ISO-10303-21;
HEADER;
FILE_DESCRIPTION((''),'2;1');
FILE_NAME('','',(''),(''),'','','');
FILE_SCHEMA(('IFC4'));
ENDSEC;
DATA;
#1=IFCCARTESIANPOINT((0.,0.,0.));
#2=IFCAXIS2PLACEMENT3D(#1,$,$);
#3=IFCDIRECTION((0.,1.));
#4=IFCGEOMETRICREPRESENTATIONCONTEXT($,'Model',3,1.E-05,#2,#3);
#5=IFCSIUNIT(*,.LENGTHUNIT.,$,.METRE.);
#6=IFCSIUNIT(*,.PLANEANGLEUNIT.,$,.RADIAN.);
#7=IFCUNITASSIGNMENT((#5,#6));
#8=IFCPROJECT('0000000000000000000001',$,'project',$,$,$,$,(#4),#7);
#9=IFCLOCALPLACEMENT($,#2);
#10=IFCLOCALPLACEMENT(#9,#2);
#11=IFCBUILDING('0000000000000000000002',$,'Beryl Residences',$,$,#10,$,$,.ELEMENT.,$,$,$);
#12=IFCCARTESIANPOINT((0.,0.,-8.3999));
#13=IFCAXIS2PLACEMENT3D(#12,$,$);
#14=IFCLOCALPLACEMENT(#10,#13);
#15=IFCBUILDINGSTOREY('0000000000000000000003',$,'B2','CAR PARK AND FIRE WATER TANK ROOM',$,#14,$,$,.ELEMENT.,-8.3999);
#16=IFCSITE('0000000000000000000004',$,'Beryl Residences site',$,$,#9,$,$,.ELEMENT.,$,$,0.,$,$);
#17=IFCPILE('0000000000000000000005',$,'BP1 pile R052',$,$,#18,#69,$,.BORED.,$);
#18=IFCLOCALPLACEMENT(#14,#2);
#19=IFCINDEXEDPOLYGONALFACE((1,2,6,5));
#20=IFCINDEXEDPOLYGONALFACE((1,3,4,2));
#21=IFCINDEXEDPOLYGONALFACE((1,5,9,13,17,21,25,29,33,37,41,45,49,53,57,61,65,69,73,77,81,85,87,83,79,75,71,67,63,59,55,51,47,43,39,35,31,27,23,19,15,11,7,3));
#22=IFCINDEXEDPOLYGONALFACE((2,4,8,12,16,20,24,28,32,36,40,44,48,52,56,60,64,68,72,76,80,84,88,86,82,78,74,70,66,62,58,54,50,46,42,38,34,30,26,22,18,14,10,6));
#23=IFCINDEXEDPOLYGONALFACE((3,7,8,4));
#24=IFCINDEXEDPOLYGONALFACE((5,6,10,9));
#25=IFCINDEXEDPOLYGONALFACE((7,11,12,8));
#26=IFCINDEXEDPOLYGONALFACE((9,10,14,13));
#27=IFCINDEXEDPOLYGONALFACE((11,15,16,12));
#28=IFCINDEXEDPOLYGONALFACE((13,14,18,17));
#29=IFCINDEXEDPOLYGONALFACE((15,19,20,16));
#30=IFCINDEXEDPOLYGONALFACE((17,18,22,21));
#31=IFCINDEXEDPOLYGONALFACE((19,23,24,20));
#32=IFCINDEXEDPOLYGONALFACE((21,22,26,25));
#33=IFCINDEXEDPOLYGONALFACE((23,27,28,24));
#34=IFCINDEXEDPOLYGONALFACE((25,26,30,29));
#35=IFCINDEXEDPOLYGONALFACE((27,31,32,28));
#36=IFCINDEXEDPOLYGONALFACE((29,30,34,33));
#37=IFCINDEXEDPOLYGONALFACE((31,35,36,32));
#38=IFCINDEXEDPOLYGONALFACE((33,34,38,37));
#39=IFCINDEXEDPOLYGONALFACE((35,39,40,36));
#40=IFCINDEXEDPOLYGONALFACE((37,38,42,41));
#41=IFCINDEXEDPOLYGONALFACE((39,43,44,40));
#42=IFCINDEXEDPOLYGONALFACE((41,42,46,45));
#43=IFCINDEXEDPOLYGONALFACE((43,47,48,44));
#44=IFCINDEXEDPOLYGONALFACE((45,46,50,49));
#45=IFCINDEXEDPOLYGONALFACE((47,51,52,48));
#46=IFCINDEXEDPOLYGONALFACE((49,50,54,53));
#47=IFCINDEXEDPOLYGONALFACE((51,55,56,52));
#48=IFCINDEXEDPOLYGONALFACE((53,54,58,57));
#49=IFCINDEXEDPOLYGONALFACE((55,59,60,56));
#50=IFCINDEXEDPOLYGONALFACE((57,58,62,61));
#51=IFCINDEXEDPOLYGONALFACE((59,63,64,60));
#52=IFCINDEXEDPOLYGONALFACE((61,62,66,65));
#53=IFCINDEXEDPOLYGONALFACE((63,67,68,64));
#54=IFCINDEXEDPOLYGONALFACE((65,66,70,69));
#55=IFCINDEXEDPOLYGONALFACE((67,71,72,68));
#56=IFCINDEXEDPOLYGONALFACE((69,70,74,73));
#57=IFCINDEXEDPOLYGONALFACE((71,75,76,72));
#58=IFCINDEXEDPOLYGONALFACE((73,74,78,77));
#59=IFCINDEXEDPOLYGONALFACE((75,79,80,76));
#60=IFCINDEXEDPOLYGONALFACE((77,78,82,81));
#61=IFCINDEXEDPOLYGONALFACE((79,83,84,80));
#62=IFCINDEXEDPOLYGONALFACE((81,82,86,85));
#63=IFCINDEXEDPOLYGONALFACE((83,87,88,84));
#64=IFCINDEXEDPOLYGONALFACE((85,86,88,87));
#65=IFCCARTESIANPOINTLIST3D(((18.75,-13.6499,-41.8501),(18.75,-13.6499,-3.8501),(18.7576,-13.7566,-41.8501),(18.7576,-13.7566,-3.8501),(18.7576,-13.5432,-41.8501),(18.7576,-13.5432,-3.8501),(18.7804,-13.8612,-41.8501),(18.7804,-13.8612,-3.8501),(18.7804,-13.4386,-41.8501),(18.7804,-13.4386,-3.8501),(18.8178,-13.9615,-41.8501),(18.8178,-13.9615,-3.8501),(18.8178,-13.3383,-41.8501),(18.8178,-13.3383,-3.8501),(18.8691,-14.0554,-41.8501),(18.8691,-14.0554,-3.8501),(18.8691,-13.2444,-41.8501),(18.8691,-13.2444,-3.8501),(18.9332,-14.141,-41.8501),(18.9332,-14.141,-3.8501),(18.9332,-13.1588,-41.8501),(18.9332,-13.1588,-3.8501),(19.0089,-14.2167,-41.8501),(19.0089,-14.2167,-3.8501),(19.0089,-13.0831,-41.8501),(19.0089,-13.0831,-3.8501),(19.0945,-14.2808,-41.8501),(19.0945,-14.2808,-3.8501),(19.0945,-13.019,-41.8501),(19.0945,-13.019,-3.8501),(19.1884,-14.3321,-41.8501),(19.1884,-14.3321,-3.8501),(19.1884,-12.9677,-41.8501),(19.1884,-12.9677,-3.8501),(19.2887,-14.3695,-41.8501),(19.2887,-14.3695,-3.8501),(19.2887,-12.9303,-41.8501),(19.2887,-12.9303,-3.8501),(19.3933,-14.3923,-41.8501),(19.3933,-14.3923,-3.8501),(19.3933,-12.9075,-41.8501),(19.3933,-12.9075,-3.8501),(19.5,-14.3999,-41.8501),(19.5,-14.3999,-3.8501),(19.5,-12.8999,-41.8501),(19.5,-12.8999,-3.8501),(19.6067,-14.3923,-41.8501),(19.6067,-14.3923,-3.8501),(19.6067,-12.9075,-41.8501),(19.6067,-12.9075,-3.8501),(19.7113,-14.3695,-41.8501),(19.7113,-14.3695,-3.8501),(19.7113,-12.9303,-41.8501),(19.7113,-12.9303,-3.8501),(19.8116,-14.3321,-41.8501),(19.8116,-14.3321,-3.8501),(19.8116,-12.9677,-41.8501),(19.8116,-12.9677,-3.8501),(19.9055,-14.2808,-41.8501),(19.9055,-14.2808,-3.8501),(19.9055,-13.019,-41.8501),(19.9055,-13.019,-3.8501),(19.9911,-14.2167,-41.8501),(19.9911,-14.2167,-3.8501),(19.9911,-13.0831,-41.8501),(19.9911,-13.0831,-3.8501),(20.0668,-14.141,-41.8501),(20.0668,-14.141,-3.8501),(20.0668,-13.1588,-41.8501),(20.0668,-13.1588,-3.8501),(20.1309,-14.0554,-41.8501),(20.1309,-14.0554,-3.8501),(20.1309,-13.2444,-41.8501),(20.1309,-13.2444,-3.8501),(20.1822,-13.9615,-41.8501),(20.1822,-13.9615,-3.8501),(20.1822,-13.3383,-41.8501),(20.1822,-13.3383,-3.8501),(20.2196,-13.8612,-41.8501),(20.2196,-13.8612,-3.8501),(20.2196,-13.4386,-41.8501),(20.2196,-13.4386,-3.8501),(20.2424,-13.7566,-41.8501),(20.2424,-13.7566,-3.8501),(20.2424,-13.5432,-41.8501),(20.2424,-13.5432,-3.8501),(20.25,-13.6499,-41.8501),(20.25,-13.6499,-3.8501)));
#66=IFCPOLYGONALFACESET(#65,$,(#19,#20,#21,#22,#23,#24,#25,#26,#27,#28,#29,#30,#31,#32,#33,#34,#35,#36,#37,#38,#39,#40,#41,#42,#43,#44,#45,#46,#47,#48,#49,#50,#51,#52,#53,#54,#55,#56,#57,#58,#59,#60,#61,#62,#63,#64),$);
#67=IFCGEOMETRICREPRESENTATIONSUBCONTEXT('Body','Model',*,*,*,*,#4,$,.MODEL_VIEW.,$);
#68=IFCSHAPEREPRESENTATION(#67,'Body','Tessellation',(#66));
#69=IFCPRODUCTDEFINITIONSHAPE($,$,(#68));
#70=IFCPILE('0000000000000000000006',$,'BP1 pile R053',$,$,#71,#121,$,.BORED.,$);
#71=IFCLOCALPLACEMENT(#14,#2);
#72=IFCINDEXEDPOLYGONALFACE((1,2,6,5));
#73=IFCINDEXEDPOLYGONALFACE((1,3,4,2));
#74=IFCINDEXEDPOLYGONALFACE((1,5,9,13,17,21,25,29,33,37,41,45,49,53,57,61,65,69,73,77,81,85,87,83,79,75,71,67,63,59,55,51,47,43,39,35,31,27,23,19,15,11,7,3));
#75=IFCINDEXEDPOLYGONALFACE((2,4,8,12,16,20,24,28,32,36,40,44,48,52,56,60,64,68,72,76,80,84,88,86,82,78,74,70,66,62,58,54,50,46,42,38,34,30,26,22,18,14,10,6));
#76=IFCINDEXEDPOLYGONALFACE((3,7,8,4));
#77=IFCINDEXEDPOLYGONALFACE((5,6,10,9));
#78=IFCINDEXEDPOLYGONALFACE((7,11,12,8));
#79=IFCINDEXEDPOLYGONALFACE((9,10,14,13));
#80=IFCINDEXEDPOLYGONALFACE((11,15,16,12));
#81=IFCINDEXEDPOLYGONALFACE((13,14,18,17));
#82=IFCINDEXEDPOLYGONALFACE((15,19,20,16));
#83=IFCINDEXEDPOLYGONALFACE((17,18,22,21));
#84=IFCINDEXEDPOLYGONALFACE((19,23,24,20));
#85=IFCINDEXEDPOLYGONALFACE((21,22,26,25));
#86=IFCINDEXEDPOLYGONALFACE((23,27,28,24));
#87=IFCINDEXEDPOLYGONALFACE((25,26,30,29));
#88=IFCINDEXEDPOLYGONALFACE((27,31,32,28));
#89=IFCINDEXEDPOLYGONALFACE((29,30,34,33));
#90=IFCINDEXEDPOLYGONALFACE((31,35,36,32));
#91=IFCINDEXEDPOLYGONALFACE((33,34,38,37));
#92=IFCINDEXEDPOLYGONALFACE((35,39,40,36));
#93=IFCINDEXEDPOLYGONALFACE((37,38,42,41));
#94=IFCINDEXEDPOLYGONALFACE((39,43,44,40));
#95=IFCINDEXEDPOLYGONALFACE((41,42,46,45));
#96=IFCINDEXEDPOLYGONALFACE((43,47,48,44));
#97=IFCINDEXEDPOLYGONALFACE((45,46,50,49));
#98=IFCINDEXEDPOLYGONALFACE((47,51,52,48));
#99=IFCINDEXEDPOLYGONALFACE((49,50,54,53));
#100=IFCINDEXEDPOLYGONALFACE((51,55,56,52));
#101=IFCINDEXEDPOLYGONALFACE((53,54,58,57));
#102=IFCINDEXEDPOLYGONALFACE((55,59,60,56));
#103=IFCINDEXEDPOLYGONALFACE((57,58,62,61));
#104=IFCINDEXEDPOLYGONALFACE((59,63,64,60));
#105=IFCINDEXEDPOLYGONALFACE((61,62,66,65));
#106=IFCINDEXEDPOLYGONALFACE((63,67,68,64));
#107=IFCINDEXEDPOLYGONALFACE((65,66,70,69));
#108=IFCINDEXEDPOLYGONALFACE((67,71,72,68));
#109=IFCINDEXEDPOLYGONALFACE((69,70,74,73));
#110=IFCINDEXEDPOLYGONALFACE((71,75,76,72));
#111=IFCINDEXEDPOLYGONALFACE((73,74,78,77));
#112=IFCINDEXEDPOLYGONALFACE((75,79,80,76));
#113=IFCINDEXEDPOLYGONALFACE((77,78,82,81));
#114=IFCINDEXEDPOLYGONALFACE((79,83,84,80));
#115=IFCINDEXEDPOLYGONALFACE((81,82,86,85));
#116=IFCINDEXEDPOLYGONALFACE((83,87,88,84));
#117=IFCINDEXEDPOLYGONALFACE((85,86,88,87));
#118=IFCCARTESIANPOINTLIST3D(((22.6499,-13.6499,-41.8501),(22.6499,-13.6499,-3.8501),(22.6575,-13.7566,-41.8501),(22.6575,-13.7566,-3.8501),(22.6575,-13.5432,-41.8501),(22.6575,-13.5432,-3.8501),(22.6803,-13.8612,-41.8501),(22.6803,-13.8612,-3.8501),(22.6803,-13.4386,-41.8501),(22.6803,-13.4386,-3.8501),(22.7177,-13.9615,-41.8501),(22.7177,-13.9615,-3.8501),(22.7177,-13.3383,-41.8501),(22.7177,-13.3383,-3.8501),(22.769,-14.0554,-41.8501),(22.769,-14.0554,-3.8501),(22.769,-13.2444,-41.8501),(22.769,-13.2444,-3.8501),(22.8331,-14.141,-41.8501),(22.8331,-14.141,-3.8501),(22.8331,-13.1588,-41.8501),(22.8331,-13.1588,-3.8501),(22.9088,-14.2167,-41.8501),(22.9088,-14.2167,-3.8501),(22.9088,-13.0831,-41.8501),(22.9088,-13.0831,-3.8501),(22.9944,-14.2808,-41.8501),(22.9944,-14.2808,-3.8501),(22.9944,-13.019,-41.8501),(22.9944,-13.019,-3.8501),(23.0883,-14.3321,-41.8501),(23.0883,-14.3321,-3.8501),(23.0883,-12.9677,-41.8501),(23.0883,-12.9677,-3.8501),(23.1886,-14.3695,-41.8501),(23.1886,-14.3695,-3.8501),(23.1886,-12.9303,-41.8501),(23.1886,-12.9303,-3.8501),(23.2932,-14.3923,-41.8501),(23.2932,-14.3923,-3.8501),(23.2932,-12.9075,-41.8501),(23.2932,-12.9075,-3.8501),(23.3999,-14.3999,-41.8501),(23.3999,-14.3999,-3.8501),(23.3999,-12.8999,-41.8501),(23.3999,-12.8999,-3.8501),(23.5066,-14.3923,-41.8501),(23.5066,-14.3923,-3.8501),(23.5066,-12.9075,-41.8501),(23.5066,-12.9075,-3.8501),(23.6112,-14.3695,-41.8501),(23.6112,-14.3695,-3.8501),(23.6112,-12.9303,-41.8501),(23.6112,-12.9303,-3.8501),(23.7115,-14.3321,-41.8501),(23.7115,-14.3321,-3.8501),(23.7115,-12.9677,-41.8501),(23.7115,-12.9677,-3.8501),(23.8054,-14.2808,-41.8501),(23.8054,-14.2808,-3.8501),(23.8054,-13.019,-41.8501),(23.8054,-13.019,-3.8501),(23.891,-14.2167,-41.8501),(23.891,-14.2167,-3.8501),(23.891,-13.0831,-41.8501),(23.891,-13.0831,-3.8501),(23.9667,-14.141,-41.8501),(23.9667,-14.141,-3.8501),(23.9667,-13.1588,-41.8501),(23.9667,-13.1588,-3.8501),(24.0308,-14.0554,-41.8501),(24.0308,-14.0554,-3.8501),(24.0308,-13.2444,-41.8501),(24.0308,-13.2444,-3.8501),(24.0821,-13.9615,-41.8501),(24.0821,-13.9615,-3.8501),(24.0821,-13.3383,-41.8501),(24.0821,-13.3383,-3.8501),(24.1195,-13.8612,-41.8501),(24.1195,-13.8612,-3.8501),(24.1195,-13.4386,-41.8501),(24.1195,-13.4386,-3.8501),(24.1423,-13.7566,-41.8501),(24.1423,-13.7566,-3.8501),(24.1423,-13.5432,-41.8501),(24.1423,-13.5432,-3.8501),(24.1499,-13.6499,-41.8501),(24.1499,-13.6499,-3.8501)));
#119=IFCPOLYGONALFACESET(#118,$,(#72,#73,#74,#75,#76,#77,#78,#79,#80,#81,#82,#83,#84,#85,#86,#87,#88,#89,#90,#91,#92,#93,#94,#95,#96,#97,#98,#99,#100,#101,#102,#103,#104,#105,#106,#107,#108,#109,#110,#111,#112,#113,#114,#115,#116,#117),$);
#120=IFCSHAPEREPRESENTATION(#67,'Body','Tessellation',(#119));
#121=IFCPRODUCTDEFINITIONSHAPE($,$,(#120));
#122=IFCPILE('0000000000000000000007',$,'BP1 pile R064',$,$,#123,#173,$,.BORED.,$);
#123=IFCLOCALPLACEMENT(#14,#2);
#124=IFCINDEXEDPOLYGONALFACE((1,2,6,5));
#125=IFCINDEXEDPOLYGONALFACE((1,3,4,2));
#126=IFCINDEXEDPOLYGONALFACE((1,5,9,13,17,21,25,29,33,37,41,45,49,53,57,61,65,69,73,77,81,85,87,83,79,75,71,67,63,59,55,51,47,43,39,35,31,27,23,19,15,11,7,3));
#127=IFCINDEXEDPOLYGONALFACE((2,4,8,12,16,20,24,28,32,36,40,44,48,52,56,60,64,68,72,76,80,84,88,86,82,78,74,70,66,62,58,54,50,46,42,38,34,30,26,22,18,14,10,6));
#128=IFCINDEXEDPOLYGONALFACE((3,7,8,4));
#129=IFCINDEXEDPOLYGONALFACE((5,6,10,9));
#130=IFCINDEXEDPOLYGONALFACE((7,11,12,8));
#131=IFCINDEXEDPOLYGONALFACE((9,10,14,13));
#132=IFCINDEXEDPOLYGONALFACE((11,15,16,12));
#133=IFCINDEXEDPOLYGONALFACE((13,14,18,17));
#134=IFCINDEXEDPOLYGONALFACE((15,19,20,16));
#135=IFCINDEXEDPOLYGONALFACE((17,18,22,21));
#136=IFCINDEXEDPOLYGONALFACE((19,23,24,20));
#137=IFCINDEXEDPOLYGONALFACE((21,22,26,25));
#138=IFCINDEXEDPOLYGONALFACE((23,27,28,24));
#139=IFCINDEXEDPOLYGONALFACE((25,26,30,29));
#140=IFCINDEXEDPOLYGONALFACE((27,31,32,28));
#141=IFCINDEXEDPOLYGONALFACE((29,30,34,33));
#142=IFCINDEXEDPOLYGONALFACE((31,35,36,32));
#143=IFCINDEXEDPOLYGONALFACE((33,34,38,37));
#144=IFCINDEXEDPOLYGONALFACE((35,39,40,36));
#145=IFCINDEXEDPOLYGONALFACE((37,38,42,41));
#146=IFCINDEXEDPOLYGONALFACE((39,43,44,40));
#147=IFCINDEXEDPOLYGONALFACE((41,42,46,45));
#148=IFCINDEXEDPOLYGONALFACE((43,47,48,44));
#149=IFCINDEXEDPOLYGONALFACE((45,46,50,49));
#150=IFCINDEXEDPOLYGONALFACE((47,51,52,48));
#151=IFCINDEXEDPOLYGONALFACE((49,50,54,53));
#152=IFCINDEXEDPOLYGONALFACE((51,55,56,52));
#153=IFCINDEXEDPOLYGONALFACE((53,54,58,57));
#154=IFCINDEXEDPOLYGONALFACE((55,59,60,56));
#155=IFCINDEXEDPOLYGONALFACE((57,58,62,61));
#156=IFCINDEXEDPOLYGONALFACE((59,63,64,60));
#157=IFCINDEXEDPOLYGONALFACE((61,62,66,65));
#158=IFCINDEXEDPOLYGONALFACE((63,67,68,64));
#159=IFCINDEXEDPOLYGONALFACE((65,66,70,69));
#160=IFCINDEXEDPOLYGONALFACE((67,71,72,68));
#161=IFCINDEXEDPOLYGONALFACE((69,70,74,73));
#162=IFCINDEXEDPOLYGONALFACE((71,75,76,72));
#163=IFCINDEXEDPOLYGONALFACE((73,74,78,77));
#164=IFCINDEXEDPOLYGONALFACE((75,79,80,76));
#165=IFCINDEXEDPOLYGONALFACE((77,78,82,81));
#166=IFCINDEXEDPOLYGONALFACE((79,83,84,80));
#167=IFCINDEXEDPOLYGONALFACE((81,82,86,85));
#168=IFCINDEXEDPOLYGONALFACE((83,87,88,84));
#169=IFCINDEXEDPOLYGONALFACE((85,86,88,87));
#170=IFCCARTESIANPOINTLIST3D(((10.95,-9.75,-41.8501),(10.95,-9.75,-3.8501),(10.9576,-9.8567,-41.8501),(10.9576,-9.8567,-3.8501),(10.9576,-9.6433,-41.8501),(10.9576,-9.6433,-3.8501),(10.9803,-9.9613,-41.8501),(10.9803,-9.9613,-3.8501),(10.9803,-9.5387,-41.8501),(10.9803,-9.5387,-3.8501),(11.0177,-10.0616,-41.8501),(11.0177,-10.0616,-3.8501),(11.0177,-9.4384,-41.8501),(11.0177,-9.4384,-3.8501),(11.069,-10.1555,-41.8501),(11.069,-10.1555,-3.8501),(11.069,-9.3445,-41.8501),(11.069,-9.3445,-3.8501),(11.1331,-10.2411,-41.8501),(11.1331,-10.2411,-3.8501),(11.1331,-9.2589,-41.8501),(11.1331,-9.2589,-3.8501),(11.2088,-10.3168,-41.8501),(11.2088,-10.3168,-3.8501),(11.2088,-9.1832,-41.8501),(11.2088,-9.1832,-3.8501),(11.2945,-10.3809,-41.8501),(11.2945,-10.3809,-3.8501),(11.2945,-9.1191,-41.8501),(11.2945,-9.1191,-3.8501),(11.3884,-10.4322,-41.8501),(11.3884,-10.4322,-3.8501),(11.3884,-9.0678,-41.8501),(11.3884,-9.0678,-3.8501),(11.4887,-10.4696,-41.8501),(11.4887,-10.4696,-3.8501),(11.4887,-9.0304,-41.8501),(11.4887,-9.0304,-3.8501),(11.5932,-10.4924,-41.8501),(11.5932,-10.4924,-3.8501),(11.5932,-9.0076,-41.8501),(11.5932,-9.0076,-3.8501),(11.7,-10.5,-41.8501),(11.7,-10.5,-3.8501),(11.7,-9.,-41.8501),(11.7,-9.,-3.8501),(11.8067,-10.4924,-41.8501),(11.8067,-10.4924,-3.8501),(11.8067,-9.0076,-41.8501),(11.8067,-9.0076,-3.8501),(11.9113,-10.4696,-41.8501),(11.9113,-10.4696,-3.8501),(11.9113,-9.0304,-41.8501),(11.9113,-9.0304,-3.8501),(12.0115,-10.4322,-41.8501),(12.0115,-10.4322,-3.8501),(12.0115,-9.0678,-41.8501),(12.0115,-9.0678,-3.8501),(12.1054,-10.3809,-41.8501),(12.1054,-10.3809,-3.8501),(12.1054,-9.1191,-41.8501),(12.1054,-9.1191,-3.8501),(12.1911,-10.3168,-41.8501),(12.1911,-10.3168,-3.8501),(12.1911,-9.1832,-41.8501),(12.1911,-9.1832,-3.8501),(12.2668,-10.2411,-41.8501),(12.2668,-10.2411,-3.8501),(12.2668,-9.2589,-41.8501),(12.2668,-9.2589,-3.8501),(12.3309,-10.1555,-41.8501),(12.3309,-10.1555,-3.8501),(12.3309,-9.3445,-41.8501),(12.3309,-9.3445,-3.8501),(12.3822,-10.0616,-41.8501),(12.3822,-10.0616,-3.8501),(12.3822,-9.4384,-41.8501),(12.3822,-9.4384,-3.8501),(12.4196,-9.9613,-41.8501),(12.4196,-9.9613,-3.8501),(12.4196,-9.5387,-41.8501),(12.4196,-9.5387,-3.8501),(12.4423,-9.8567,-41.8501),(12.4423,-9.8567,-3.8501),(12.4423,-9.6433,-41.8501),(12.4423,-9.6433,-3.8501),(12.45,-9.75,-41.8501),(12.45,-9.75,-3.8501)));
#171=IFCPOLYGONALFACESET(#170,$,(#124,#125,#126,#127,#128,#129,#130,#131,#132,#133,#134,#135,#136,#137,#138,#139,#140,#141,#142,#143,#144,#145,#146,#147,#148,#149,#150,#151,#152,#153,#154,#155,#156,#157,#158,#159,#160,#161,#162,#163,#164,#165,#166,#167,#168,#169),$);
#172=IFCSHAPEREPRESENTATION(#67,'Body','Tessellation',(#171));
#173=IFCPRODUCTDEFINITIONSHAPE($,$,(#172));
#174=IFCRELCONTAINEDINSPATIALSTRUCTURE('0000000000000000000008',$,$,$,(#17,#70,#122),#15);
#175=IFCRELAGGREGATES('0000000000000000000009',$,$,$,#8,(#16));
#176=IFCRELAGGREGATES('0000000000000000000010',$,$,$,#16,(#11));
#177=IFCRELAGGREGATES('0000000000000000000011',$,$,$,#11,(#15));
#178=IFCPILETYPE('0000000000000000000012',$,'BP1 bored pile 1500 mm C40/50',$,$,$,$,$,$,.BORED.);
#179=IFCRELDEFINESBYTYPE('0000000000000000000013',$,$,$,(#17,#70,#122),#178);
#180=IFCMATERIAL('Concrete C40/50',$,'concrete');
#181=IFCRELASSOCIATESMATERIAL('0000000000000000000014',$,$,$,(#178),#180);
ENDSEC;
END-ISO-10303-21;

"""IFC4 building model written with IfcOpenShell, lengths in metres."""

from ifc_helpers import new_model, si_unit, direction, frame, origin, origin_2d, place, context, subcontext, project, spatial, circle, extrude, material, material_profile, profile_set, type_object, element, save


model = new_model("IFC4")

# Units and contexts
model_context = context("Model", 3, precision=1e-05, world=origin(), true_north=direction((0.0, 1.0)))
body_context = subcontext(model_context, "Body", "Model", "MODEL_VIEW")
ifc_project = project(units=[si_unit("LENGTHUNIT", "METRE"), si_unit("PLANEANGLEUNIT", "RADIAN")], contexts=[model_context])

# Site, building, storey
site_placement = place(None, origin())
site = spatial("IfcSite", under=ifc_project, at=site_placement, Name="Beryl Residences site", CompositionType="ELEMENT", RefElevation=0.0)
building_placement = place(site_placement, origin())
building = spatial("IfcBuilding", under=site, at=building_placement, Name="Beryl Residences", CompositionType="ELEMENT")
storey_placement = place(building_placement, frame((0.0, 0.0, -8.3999)))
storey = spatial("IfcBuildingStorey", under=building, at=storey_placement, Name="B2", Description="CAR PARK AND FIRE WATER TANK ROOM", CompositionType="ELEMENT", Elevation=-8.3999)

# Piles
ifc_material_1 = material(Name="Concrete C40/50", Category="concrete")
ifc_material_profile_1 = material_profile(ifc_material_1, circle(Radius=0.75, at=origin_2d()))
ifc_profile_set_1 = profile_set([ifc_material_profile_1], Name="Concrete C40/50")
pile_type_1 = type_object("IfcPileType", Name="BP1 bored pile 1500 mm C40/50", PredefinedType="BORED", material=ifc_profile_set_1)
for number, where, z_axis, x_axis, name in (
    (1, (19.5, -13.6499, -3.8501), (0.0, 0.0, -1.0), (1.0, 0.0, 0.0), "BP1 pile R052"),
    (2, (23.3999, -13.6499, -3.8501), (0.0, 0.0, -1.0), (1.0, 0.0, 0.0), "BP1 pile R053"),
    (3, (11.7, -9.75, -3.8501), (0.0, 0.0, -1.0), (1.0, 0.0, 0.0), "BP1 pile R064"),
):
    element("IfcPile", number, at=place(storey_placement, frame(where, z_axis=z_axis, x_axis=x_axis)), inside=storey, type_object=pile_type_1, Name=name, PredefinedType="BORED", context=body_context, shape_type="SweptSolid", body=[
        extrude(circle(Radius=0.75, at=origin_2d()), origin(), (0.0, 0.0, 1.0), 38.0),
    ])

save(model, "model.ifc")
